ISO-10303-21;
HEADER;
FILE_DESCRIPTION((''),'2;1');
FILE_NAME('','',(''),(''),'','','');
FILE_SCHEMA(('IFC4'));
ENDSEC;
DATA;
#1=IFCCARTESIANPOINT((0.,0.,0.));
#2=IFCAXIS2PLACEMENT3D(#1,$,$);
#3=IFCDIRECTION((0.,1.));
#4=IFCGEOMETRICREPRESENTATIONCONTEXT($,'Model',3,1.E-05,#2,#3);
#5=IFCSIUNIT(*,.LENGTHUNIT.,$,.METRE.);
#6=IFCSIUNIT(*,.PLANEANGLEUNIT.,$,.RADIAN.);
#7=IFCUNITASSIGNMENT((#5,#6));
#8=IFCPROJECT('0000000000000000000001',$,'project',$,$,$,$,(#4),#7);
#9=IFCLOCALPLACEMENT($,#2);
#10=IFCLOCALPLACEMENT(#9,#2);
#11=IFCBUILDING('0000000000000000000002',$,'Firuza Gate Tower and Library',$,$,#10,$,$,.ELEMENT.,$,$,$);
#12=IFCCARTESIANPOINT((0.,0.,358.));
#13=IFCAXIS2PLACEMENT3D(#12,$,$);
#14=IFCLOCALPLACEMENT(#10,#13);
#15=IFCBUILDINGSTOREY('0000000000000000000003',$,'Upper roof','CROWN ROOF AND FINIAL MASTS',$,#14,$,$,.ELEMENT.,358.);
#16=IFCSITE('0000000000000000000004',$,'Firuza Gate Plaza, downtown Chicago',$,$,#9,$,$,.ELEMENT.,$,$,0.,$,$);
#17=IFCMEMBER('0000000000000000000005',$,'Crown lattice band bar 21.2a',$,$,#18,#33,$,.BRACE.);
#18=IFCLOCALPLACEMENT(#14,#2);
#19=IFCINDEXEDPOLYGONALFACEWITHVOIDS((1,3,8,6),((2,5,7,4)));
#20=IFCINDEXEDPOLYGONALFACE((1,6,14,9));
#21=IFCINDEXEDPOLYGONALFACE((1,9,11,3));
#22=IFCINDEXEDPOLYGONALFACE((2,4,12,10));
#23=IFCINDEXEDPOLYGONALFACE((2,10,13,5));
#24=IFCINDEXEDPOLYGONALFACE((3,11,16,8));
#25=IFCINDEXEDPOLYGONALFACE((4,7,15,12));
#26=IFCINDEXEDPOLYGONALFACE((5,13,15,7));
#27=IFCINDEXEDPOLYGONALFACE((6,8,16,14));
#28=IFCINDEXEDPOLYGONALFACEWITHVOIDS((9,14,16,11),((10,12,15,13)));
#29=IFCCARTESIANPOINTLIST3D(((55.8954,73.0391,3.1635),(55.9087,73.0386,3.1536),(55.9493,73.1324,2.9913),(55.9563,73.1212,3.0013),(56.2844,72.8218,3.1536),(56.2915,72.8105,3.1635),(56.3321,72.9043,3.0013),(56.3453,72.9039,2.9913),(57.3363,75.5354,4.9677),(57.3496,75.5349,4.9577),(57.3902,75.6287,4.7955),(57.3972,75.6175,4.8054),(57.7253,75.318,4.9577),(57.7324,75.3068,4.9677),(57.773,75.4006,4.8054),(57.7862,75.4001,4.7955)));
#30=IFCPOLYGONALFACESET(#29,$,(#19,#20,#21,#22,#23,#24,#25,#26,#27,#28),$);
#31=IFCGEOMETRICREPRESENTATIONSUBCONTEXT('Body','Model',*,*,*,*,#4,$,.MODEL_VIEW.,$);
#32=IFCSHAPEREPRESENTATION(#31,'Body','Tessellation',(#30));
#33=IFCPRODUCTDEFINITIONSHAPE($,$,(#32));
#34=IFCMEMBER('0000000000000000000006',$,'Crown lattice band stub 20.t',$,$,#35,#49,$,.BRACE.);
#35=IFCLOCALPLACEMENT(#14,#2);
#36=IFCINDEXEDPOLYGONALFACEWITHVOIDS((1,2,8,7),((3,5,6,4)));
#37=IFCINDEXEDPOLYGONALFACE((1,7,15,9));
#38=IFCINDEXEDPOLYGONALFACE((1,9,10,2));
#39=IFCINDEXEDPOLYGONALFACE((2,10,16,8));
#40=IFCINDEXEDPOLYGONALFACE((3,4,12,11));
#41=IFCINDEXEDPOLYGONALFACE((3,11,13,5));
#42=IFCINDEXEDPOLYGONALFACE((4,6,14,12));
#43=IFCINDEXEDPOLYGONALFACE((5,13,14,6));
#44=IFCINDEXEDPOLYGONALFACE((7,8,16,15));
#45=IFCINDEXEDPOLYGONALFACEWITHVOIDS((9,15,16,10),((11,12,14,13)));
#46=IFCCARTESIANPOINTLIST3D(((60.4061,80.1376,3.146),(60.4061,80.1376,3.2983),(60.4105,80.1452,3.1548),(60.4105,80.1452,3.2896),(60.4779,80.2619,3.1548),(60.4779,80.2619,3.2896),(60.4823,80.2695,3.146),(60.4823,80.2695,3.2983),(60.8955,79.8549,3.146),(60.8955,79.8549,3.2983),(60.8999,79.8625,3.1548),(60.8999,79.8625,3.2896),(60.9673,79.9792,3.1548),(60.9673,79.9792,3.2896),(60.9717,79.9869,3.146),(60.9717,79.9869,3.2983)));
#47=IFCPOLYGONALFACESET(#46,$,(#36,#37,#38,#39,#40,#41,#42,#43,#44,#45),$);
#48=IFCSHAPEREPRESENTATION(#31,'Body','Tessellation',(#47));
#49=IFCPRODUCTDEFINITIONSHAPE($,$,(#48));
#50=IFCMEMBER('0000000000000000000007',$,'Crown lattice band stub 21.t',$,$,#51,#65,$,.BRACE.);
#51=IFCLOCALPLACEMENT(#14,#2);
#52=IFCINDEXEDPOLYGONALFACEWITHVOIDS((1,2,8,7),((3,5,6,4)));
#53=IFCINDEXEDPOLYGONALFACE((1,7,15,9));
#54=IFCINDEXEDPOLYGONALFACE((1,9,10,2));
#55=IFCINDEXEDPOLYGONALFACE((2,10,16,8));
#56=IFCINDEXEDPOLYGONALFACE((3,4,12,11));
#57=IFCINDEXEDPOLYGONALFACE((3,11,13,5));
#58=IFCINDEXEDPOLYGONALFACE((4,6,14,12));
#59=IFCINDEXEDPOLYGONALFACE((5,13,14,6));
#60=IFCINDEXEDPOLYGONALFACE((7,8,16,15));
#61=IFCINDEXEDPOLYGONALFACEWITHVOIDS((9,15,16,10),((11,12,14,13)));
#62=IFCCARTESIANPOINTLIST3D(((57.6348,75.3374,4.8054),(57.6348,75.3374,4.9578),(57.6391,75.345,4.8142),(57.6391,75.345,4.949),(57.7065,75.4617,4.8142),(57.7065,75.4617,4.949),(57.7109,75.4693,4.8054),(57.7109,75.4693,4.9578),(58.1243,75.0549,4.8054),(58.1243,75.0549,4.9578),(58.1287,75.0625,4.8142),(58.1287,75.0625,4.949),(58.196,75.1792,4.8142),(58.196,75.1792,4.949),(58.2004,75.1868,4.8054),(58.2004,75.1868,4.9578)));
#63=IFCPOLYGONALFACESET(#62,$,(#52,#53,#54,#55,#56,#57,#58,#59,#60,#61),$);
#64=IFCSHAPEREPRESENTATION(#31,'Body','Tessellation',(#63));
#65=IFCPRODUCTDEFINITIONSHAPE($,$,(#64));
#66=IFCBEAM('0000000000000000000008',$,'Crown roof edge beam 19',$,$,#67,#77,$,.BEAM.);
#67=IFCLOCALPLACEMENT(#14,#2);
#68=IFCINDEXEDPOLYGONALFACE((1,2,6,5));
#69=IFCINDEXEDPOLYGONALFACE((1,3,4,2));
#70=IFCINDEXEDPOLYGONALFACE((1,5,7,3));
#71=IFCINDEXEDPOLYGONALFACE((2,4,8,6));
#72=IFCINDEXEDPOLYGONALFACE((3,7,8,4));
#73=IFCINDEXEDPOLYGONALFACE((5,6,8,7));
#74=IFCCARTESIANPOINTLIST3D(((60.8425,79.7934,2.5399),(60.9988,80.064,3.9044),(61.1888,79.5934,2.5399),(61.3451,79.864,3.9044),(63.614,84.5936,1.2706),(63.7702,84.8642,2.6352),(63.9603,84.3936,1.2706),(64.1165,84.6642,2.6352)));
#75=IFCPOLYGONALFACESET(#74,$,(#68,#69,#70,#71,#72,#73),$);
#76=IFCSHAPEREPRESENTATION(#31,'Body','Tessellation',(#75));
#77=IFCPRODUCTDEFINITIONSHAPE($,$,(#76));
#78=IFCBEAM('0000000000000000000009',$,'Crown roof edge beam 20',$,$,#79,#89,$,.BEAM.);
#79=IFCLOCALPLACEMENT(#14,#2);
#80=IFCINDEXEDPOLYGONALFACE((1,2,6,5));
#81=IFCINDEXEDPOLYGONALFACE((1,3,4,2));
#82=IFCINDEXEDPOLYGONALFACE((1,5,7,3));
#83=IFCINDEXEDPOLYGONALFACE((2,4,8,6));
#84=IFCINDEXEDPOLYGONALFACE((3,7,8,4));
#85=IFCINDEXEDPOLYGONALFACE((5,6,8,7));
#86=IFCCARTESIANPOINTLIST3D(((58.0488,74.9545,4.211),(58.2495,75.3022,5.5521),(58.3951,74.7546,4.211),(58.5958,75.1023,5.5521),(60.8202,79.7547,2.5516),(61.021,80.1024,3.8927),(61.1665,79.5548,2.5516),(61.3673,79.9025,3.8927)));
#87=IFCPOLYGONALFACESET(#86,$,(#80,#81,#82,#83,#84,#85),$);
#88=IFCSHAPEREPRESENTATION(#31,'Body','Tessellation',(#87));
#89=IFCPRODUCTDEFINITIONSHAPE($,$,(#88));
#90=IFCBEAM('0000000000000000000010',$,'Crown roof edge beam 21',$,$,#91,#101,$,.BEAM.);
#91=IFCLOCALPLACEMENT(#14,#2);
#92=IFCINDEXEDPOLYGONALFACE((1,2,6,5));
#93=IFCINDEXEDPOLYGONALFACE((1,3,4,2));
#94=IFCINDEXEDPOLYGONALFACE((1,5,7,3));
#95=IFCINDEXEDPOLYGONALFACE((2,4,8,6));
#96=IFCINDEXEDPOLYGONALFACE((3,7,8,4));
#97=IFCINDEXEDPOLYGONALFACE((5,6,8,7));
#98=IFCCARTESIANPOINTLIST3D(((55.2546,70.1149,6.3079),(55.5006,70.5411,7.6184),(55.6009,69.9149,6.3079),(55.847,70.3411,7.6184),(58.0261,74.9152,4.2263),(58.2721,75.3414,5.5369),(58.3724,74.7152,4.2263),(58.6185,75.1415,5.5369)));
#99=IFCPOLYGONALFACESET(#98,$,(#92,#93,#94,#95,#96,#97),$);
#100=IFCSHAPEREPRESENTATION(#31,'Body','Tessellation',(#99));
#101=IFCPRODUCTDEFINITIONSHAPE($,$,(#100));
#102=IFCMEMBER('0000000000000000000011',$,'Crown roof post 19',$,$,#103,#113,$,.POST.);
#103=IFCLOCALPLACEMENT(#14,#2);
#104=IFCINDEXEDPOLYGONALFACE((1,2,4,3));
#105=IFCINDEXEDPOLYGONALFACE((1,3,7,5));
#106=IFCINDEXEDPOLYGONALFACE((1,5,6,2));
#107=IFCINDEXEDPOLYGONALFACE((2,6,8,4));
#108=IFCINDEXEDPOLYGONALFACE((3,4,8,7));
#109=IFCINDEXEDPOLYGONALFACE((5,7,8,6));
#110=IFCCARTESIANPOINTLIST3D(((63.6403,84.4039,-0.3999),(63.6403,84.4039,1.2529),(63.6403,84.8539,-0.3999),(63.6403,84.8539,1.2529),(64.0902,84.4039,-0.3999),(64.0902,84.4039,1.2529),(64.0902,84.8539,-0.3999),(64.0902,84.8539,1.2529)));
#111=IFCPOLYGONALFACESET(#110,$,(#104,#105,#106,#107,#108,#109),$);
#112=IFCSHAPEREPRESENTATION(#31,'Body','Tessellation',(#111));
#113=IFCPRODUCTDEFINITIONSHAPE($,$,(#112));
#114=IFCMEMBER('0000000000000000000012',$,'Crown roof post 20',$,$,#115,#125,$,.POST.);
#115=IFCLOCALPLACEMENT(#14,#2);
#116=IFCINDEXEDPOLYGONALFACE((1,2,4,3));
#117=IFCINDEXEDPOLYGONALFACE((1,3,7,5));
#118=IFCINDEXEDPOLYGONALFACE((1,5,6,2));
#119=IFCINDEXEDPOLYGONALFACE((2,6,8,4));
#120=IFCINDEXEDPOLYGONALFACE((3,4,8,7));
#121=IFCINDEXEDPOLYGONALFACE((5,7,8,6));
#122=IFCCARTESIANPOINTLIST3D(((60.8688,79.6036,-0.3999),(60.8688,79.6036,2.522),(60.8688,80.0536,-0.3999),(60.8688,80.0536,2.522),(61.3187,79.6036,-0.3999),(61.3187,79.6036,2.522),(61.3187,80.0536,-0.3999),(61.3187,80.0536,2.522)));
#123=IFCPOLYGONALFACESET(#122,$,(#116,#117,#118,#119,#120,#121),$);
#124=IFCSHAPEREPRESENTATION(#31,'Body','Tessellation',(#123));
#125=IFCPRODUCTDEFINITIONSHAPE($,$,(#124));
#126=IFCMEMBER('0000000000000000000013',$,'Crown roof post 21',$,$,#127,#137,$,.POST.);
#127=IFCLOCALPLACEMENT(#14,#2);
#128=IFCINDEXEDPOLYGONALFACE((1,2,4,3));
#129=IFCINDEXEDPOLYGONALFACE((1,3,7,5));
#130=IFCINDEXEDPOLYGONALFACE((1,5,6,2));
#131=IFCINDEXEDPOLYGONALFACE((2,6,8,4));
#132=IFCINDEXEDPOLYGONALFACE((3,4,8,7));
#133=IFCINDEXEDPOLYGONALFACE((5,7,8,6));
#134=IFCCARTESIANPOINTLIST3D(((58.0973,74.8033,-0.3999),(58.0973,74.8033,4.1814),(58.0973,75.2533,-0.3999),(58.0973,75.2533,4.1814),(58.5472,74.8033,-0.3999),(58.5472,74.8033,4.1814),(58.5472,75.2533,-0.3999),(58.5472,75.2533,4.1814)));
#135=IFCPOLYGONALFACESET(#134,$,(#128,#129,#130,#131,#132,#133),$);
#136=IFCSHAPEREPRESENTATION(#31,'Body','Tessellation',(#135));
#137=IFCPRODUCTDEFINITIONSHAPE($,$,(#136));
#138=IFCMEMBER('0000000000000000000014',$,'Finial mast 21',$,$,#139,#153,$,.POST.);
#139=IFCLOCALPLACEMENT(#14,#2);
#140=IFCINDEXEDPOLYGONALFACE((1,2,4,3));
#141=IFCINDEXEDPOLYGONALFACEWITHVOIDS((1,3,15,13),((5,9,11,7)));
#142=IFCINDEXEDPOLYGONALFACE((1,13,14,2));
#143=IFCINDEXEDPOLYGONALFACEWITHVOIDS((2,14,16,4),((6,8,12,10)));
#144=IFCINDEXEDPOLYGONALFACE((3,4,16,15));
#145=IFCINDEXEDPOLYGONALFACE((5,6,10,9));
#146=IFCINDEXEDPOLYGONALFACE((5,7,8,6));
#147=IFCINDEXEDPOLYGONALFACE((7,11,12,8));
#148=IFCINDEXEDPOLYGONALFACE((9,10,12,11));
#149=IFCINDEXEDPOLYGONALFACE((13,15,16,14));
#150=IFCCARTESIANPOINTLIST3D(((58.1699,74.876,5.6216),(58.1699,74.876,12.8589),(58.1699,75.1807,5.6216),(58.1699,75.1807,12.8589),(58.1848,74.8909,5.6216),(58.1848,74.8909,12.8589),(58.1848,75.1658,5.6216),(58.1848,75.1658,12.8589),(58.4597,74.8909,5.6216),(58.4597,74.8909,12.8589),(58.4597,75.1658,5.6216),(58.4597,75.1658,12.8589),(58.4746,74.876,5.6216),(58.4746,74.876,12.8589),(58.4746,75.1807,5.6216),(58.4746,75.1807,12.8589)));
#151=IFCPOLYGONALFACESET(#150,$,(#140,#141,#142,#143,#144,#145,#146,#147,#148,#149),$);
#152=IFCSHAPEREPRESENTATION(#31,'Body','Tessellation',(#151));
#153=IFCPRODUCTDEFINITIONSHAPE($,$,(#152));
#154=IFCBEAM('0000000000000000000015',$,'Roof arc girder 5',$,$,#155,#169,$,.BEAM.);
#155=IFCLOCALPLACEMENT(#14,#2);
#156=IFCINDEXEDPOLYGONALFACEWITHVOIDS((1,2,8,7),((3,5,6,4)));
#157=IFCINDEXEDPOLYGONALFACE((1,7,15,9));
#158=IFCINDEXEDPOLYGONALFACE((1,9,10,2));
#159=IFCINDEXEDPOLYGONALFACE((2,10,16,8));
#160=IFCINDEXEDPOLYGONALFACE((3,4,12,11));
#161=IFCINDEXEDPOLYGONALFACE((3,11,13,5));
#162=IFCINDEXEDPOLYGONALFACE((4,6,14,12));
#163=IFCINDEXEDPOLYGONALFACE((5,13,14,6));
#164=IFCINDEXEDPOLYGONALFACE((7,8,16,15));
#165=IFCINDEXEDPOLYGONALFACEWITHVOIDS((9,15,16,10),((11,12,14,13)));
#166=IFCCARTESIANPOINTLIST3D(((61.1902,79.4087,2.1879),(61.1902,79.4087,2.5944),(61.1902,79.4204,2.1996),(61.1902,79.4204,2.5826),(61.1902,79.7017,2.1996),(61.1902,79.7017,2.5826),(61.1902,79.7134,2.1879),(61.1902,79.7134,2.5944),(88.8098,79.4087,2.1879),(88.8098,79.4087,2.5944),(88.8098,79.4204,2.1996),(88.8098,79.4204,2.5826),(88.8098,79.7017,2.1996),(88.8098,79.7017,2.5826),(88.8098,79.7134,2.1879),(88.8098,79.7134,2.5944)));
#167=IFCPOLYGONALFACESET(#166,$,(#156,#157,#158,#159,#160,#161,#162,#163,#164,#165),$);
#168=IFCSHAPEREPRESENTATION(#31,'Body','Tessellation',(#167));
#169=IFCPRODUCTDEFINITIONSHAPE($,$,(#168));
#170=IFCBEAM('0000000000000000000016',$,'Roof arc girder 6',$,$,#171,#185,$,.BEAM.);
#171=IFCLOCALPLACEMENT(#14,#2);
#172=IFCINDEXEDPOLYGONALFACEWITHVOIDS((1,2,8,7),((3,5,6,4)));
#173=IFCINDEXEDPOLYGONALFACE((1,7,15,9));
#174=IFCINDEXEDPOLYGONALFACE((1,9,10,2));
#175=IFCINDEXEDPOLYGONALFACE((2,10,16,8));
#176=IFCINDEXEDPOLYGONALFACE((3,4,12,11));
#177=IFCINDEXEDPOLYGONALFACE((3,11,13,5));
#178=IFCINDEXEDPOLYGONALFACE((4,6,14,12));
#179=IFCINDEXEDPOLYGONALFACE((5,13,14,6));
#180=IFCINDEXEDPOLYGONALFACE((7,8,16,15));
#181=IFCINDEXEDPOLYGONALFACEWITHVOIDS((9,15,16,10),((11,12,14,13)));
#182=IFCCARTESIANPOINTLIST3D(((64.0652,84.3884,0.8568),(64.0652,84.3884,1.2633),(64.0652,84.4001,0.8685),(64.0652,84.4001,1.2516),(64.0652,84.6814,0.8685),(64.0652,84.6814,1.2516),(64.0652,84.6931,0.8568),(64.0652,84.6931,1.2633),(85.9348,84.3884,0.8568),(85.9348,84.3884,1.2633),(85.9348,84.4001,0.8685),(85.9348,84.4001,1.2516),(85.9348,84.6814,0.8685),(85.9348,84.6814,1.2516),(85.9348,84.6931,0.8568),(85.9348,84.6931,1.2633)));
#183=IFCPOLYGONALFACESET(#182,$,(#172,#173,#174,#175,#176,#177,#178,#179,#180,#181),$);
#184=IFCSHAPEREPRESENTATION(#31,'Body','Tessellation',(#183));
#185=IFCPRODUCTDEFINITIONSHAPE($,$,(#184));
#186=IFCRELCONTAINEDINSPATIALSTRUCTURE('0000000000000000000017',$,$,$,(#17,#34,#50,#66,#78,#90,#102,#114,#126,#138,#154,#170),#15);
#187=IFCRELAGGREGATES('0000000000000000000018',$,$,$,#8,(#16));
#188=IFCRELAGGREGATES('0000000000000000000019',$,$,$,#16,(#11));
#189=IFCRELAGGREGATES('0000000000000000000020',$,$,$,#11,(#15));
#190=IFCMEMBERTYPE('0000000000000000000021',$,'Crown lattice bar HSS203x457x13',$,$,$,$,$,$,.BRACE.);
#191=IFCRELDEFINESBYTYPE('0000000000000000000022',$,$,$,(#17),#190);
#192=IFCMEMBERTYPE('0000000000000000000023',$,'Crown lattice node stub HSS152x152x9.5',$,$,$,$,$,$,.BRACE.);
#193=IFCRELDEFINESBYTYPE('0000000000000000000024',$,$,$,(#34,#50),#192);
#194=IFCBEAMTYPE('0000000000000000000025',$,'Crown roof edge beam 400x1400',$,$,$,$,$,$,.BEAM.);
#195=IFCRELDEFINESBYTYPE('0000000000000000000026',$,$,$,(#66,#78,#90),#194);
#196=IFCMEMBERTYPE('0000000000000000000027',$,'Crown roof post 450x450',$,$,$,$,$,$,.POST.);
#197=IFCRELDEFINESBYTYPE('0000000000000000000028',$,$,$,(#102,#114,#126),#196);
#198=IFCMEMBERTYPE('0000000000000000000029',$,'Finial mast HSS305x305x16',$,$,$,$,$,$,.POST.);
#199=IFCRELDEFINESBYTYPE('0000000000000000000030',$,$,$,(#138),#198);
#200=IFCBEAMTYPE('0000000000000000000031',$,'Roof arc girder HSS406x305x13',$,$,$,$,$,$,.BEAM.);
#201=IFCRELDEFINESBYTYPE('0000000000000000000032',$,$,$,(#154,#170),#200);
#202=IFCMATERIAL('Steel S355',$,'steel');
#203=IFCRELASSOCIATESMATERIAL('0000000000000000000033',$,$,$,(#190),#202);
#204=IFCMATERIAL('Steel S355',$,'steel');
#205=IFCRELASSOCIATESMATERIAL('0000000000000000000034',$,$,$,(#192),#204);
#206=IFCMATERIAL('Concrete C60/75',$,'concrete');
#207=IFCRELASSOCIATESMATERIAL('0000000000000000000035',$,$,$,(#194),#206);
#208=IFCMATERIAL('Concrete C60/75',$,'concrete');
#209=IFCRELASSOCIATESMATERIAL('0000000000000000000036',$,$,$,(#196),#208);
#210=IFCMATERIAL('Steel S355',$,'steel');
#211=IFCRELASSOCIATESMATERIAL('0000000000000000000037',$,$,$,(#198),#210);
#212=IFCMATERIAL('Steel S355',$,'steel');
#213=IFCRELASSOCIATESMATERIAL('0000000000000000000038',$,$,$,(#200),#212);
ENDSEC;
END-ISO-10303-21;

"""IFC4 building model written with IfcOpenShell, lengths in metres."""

from ifc_helpers import new_model, si_unit, direction, frame, origin, origin_2d, place, context, subcontext, project, spatial, rectangle, hollow_rectangle, extrude, material, material_profile, profile_set, type_object, element, save


model = new_model("IFC4")

# Units and contexts
model_context = context("Model", 3, precision=1e-05, world=origin(), true_north=direction((0.0, 1.0)))
body_context = subcontext(model_context, "Body", "Model", "MODEL_VIEW")
ifc_project = project(units=[si_unit("LENGTHUNIT", "METRE"), si_unit("PLANEANGLEUNIT", "RADIAN")], contexts=[model_context])

# Site, building, storey
site_placement = place(None, origin())
site = spatial("IfcSite", under=ifc_project, at=site_placement, Name="Firuza Gate Plaza, downtown Chicago", CompositionType="ELEMENT", RefElevation=0.0)
building_placement = place(site_placement, origin())
building = spatial("IfcBuilding", under=site, at=building_placement, Name="Firuza Gate Tower and Library", CompositionType="ELEMENT")
storey_placement = place(building_placement, frame((0.0, 0.0, 358.0)))
storey = spatial("IfcBuildingStorey", under=building, at=storey_placement, Name="Upper roof", Description="CROWN ROOF AND FINIAL MASTS", CompositionType="ELEMENT", Elevation=358.0)

# Members
ifc_material_1 = material(Name="Steel S355", Category="steel")
ifc_material_profile_1 = material_profile(ifc_material_1, hollow_rectangle(XDim=0.4573, YDim=0.2031, WallThickness=0.0117, at=origin_2d()))
ifc_profile_set_1 = profile_set([ifc_material_profile_1], Name="Steel S355")
member_type_1 = type_object("IfcMemberType", Name="Crown lattice bar HSS203x457x13", PredefinedType="BRACE", material=ifc_profile_set_1)
member_1_placement = place(storey_placement, frame((57.5613, 75.4678, 4.8816), z_axis=(-0.423743, -0.734119, -0.530576), x_axis=(0.866077, -0.499911, 0.0)))
element("IfcMember", 1, at=member_1_placement, inside=storey, type_object=member_type_1, Name="Crown lattice band bar 21.2a", PredefinedType="BRACE", context=body_context, shape_type="SweptSolid", body=[
    extrude(hollow_rectangle(XDim=0.4573, YDim=0.2031, WallThickness=0.0117, at=origin_2d()), origin(), (0.0, 0.0, 1.0), 3.4004),
])
ifc_material_2 = material(Name="Steel S355", Category="steel")
ifc_material_profile_2 = material_profile(ifc_material_2, hollow_rectangle(XDim=0.1523, YDim=0.1523, WallThickness=0.0088, at=origin_2d()))
ifc_profile_set_2 = profile_set([ifc_material_profile_2], Name="Steel S355")
member_type_2 = type_object("IfcMemberType", Name="Crown lattice node stub HSS152x152x9.5", PredefinedType="BRACE", material=ifc_profile_set_2)
for number, where, z_axis, x_axis, name in (
    (2, (60.9336, 79.9209, 3.2222), (-0.865948, 0.500134, 0.0), (-0.500134, -0.865948, 0.0), "Crown lattice band stub 20.t"),
    (3, (58.1624, 75.1208, 4.8816), (-0.866135, 0.49981, 0.0), (-0.49981, -0.866135, 0.0), "Crown lattice band stub 21.t"),
):
    element("IfcMember", number, at=place(storey_placement, frame(where, z_axis=z_axis, x_axis=x_axis)), inside=storey, type_object=member_type_2, Name=name, PredefinedType="BRACE", context=body_context, shape_type="SweptSolid", body=[
        extrude(hollow_rectangle(XDim=0.1523, YDim=0.1523, WallThickness=0.0088, at=origin_2d()), origin(), (0.0, 0.0, 1.0), 0.5652),
    ])

# Beams
ifc_material_3 = material(Name="Concrete C60/75", Category="concrete")
ifc_material_profile_3 = material_profile(ifc_material_3, rectangle(XDim=0.3999, YDim=1.3999, at=origin_2d()))
ifc_profile_set_3 = profile_set([ifc_material_profile_3], Name="Concrete C60/75")
beam_type_1 = type_object("IfcBeamType", Name="Crown roof edge beam 400x1400", PredefinedType="BEAM", material=ifc_profile_set_3)
beam_1_placement = place(storey_placement, frame((63.8652, 84.6289, 1.9529), z_axis=(-0.487389, -0.844172, 0.223215), x_axis=(0.866023, -0.500005, 0.0)))
element("IfcBeam", 4, at=beam_1_placement, inside=storey, type_object=beam_type_1, Name="Crown roof edge beam 19", PredefinedType="BEAM", context=body_context, shape_type="SweptSolid", body=[
    extrude(rectangle(XDim=0.3999, YDim=1.3999, at=origin_2d()), origin(), (0.0, 0.0, 1.0), 5.6863),
])
beam_2_placement = place(storey_placement, frame((61.0938, 79.8286, 3.2222), z_axis=(-0.479, -0.829641, 0.286801), x_axis=(0.866023, -0.500005, 0.0)))
element("IfcBeam", 5, at=beam_2_placement, inside=storey, type_object=beam_type_1, Name="Crown roof edge beam 20", PredefinedType="BEAM", context=body_context, shape_type="SweptSolid", body=[
    extrude(rectangle(XDim=0.3999, YDim=1.3999, at=origin_2d()), origin(), (0.0, 0.0, 1.0), 5.7859),
])
beam_3_placement = place(storey_placement, frame((58.3223, 75.0283, 4.8816), z_axis=(-0.468087, -0.81074, 0.35156), x_axis=(0.866023, -0.500005, 0.0)))
element("IfcBeam", 6, at=beam_3_placement, inside=storey, type_object=beam_type_1, Name="Crown roof edge beam 21", PredefinedType="BEAM", context=body_context, shape_type="SweptSolid", body=[
    extrude(rectangle(XDim=0.3999, YDim=1.3999, at=origin_2d()), origin(), (0.0, 0.0, 1.0), 5.9209),
])

# Members
ifc_material_4 = material(Name="Concrete C60/75", Category="concrete")
ifc_material_profile_4 = material_profile(ifc_material_4, rectangle(XDim=0.45, YDim=0.45, at=origin_2d()))
ifc_profile_set_4 = profile_set([ifc_material_profile_4], Name="Concrete C60/75")
member_type_3 = type_object("IfcMemberType", Name="Crown roof post 450x450", PredefinedType="POST", material=ifc_profile_set_4)
member_2_placement = place(storey_placement, frame((63.8652, 84.6289, -0.3999), z_axis=(0.0, 0.0, 1.0), x_axis=(1.0, 0.0, 0.0)))
element("IfcMember", 7, at=member_2_placement, inside=storey, type_object=member_type_3, Name="Crown roof post 19", PredefinedType="POST", context=body_context, shape_type="SweptSolid", body=[
    extrude(rectangle(XDim=0.45, YDim=0.45, at=origin_2d()), origin(), (0.0, 0.0, 1.0), 1.6528),
])
member_3_placement = place(storey_placement, frame((61.0938, 79.8286, -0.3999), z_axis=(0.0, 0.0, 1.0), x_axis=(1.0, 0.0, 0.0)))
element("IfcMember", 8, at=member_3_placement, inside=storey, type_object=member_type_3, Name="Crown roof post 20", PredefinedType="POST", context=body_context, shape_type="SweptSolid", body=[
    extrude(rectangle(XDim=0.45, YDim=0.45, at=origin_2d()), origin(), (0.0, 0.0, 1.0), 2.9219),
])
member_4_placement = place(storey_placement, frame((58.3223, 75.0283, -0.3999), z_axis=(0.0, 0.0, 1.0), x_axis=(1.0, 0.0, 0.0)))
element("IfcMember", 9, at=member_4_placement, inside=storey, type_object=member_type_3, Name="Crown roof post 21", PredefinedType="POST", context=body_context, shape_type="SweptSolid", body=[
    extrude(rectangle(XDim=0.45, YDim=0.45, at=origin_2d()), origin(), (0.0, 0.0, 1.0), 4.5813),
])
ifc_material_5 = material(Name="Steel S355", Category="steel")
ifc_material_profile_5 = material_profile(ifc_material_5, hollow_rectangle(XDim=0.3047, YDim=0.3047, WallThickness=0.0149, at=origin_2d()))
ifc_profile_set_5 = profile_set([ifc_material_profile_5], Name="Steel S355")
member_type_4 = type_object("IfcMemberType", Name="Finial mast HSS305x305x16", PredefinedType="POST", material=ifc_profile_set_5)
member_5_placement = place(storey_placement, frame((58.3223, 75.0283, 5.6216), z_axis=(0.0, 0.0, 1.0), x_axis=(1.0, 0.0, 0.0)))
element("IfcMember", 10, at=member_5_placement, inside=storey, type_object=member_type_4, Name="Finial mast 21", PredefinedType="POST", context=body_context, shape_type="SweptSolid", body=[
    extrude(hollow_rectangle(XDim=0.3047, YDim=0.3047, WallThickness=0.0149, at=origin_2d()), origin(), (0.0, 0.0, 1.0), 7.2373),
])

# Beams
ifc_material_6 = material(Name="Steel S355", Category="steel")
ifc_material_profile_6 = material_profile(ifc_material_6, hollow_rectangle(XDim=0.3047, YDim=0.4065, WallThickness=0.0117, at=origin_2d()))
ifc_profile_set_6 = profile_set([ifc_material_profile_6], Name="Steel S355")
beam_type_2 = type_object("IfcBeamType", Name="Roof arc girder HSS406x305x13", PredefinedType="BEAM", material=ifc_profile_set_6)
beam_4_placement = place(storey_placement, frame((61.1902, 79.561, 2.3911), z_axis=(1.0, 0.0, 0.0), x_axis=(0.0, 1.0, 0.0)))
element("IfcBeam", 11, at=beam_4_placement, inside=storey, type_object=beam_type_2, Name="Roof arc girder 5", PredefinedType="BEAM", context=body_context, shape_type="SweptSolid", body=[
    extrude(hollow_rectangle(XDim=0.3047, YDim=0.4065, WallThickness=0.0117, at=origin_2d()), origin(), (0.0, 0.0, 1.0), 27.6196),
])
beam_5_placement = place(storey_placement, frame((64.0652, 84.5408, 1.0601), z_axis=(1.0, 0.0, 0.0), x_axis=(0.0, 1.0, 0.0)))
element("IfcBeam", 12, at=beam_5_placement, inside=storey, type_object=beam_type_2, Name="Roof arc girder 6", PredefinedType="BEAM", context=body_context, shape_type="SweptSolid", body=[
    extrude(hollow_rectangle(XDim=0.3047, YDim=0.4065, WallThickness=0.0117, at=origin_2d()), origin(), (0.0, 0.0, 1.0), 21.8696),
])

save(model, "model.ifc")
